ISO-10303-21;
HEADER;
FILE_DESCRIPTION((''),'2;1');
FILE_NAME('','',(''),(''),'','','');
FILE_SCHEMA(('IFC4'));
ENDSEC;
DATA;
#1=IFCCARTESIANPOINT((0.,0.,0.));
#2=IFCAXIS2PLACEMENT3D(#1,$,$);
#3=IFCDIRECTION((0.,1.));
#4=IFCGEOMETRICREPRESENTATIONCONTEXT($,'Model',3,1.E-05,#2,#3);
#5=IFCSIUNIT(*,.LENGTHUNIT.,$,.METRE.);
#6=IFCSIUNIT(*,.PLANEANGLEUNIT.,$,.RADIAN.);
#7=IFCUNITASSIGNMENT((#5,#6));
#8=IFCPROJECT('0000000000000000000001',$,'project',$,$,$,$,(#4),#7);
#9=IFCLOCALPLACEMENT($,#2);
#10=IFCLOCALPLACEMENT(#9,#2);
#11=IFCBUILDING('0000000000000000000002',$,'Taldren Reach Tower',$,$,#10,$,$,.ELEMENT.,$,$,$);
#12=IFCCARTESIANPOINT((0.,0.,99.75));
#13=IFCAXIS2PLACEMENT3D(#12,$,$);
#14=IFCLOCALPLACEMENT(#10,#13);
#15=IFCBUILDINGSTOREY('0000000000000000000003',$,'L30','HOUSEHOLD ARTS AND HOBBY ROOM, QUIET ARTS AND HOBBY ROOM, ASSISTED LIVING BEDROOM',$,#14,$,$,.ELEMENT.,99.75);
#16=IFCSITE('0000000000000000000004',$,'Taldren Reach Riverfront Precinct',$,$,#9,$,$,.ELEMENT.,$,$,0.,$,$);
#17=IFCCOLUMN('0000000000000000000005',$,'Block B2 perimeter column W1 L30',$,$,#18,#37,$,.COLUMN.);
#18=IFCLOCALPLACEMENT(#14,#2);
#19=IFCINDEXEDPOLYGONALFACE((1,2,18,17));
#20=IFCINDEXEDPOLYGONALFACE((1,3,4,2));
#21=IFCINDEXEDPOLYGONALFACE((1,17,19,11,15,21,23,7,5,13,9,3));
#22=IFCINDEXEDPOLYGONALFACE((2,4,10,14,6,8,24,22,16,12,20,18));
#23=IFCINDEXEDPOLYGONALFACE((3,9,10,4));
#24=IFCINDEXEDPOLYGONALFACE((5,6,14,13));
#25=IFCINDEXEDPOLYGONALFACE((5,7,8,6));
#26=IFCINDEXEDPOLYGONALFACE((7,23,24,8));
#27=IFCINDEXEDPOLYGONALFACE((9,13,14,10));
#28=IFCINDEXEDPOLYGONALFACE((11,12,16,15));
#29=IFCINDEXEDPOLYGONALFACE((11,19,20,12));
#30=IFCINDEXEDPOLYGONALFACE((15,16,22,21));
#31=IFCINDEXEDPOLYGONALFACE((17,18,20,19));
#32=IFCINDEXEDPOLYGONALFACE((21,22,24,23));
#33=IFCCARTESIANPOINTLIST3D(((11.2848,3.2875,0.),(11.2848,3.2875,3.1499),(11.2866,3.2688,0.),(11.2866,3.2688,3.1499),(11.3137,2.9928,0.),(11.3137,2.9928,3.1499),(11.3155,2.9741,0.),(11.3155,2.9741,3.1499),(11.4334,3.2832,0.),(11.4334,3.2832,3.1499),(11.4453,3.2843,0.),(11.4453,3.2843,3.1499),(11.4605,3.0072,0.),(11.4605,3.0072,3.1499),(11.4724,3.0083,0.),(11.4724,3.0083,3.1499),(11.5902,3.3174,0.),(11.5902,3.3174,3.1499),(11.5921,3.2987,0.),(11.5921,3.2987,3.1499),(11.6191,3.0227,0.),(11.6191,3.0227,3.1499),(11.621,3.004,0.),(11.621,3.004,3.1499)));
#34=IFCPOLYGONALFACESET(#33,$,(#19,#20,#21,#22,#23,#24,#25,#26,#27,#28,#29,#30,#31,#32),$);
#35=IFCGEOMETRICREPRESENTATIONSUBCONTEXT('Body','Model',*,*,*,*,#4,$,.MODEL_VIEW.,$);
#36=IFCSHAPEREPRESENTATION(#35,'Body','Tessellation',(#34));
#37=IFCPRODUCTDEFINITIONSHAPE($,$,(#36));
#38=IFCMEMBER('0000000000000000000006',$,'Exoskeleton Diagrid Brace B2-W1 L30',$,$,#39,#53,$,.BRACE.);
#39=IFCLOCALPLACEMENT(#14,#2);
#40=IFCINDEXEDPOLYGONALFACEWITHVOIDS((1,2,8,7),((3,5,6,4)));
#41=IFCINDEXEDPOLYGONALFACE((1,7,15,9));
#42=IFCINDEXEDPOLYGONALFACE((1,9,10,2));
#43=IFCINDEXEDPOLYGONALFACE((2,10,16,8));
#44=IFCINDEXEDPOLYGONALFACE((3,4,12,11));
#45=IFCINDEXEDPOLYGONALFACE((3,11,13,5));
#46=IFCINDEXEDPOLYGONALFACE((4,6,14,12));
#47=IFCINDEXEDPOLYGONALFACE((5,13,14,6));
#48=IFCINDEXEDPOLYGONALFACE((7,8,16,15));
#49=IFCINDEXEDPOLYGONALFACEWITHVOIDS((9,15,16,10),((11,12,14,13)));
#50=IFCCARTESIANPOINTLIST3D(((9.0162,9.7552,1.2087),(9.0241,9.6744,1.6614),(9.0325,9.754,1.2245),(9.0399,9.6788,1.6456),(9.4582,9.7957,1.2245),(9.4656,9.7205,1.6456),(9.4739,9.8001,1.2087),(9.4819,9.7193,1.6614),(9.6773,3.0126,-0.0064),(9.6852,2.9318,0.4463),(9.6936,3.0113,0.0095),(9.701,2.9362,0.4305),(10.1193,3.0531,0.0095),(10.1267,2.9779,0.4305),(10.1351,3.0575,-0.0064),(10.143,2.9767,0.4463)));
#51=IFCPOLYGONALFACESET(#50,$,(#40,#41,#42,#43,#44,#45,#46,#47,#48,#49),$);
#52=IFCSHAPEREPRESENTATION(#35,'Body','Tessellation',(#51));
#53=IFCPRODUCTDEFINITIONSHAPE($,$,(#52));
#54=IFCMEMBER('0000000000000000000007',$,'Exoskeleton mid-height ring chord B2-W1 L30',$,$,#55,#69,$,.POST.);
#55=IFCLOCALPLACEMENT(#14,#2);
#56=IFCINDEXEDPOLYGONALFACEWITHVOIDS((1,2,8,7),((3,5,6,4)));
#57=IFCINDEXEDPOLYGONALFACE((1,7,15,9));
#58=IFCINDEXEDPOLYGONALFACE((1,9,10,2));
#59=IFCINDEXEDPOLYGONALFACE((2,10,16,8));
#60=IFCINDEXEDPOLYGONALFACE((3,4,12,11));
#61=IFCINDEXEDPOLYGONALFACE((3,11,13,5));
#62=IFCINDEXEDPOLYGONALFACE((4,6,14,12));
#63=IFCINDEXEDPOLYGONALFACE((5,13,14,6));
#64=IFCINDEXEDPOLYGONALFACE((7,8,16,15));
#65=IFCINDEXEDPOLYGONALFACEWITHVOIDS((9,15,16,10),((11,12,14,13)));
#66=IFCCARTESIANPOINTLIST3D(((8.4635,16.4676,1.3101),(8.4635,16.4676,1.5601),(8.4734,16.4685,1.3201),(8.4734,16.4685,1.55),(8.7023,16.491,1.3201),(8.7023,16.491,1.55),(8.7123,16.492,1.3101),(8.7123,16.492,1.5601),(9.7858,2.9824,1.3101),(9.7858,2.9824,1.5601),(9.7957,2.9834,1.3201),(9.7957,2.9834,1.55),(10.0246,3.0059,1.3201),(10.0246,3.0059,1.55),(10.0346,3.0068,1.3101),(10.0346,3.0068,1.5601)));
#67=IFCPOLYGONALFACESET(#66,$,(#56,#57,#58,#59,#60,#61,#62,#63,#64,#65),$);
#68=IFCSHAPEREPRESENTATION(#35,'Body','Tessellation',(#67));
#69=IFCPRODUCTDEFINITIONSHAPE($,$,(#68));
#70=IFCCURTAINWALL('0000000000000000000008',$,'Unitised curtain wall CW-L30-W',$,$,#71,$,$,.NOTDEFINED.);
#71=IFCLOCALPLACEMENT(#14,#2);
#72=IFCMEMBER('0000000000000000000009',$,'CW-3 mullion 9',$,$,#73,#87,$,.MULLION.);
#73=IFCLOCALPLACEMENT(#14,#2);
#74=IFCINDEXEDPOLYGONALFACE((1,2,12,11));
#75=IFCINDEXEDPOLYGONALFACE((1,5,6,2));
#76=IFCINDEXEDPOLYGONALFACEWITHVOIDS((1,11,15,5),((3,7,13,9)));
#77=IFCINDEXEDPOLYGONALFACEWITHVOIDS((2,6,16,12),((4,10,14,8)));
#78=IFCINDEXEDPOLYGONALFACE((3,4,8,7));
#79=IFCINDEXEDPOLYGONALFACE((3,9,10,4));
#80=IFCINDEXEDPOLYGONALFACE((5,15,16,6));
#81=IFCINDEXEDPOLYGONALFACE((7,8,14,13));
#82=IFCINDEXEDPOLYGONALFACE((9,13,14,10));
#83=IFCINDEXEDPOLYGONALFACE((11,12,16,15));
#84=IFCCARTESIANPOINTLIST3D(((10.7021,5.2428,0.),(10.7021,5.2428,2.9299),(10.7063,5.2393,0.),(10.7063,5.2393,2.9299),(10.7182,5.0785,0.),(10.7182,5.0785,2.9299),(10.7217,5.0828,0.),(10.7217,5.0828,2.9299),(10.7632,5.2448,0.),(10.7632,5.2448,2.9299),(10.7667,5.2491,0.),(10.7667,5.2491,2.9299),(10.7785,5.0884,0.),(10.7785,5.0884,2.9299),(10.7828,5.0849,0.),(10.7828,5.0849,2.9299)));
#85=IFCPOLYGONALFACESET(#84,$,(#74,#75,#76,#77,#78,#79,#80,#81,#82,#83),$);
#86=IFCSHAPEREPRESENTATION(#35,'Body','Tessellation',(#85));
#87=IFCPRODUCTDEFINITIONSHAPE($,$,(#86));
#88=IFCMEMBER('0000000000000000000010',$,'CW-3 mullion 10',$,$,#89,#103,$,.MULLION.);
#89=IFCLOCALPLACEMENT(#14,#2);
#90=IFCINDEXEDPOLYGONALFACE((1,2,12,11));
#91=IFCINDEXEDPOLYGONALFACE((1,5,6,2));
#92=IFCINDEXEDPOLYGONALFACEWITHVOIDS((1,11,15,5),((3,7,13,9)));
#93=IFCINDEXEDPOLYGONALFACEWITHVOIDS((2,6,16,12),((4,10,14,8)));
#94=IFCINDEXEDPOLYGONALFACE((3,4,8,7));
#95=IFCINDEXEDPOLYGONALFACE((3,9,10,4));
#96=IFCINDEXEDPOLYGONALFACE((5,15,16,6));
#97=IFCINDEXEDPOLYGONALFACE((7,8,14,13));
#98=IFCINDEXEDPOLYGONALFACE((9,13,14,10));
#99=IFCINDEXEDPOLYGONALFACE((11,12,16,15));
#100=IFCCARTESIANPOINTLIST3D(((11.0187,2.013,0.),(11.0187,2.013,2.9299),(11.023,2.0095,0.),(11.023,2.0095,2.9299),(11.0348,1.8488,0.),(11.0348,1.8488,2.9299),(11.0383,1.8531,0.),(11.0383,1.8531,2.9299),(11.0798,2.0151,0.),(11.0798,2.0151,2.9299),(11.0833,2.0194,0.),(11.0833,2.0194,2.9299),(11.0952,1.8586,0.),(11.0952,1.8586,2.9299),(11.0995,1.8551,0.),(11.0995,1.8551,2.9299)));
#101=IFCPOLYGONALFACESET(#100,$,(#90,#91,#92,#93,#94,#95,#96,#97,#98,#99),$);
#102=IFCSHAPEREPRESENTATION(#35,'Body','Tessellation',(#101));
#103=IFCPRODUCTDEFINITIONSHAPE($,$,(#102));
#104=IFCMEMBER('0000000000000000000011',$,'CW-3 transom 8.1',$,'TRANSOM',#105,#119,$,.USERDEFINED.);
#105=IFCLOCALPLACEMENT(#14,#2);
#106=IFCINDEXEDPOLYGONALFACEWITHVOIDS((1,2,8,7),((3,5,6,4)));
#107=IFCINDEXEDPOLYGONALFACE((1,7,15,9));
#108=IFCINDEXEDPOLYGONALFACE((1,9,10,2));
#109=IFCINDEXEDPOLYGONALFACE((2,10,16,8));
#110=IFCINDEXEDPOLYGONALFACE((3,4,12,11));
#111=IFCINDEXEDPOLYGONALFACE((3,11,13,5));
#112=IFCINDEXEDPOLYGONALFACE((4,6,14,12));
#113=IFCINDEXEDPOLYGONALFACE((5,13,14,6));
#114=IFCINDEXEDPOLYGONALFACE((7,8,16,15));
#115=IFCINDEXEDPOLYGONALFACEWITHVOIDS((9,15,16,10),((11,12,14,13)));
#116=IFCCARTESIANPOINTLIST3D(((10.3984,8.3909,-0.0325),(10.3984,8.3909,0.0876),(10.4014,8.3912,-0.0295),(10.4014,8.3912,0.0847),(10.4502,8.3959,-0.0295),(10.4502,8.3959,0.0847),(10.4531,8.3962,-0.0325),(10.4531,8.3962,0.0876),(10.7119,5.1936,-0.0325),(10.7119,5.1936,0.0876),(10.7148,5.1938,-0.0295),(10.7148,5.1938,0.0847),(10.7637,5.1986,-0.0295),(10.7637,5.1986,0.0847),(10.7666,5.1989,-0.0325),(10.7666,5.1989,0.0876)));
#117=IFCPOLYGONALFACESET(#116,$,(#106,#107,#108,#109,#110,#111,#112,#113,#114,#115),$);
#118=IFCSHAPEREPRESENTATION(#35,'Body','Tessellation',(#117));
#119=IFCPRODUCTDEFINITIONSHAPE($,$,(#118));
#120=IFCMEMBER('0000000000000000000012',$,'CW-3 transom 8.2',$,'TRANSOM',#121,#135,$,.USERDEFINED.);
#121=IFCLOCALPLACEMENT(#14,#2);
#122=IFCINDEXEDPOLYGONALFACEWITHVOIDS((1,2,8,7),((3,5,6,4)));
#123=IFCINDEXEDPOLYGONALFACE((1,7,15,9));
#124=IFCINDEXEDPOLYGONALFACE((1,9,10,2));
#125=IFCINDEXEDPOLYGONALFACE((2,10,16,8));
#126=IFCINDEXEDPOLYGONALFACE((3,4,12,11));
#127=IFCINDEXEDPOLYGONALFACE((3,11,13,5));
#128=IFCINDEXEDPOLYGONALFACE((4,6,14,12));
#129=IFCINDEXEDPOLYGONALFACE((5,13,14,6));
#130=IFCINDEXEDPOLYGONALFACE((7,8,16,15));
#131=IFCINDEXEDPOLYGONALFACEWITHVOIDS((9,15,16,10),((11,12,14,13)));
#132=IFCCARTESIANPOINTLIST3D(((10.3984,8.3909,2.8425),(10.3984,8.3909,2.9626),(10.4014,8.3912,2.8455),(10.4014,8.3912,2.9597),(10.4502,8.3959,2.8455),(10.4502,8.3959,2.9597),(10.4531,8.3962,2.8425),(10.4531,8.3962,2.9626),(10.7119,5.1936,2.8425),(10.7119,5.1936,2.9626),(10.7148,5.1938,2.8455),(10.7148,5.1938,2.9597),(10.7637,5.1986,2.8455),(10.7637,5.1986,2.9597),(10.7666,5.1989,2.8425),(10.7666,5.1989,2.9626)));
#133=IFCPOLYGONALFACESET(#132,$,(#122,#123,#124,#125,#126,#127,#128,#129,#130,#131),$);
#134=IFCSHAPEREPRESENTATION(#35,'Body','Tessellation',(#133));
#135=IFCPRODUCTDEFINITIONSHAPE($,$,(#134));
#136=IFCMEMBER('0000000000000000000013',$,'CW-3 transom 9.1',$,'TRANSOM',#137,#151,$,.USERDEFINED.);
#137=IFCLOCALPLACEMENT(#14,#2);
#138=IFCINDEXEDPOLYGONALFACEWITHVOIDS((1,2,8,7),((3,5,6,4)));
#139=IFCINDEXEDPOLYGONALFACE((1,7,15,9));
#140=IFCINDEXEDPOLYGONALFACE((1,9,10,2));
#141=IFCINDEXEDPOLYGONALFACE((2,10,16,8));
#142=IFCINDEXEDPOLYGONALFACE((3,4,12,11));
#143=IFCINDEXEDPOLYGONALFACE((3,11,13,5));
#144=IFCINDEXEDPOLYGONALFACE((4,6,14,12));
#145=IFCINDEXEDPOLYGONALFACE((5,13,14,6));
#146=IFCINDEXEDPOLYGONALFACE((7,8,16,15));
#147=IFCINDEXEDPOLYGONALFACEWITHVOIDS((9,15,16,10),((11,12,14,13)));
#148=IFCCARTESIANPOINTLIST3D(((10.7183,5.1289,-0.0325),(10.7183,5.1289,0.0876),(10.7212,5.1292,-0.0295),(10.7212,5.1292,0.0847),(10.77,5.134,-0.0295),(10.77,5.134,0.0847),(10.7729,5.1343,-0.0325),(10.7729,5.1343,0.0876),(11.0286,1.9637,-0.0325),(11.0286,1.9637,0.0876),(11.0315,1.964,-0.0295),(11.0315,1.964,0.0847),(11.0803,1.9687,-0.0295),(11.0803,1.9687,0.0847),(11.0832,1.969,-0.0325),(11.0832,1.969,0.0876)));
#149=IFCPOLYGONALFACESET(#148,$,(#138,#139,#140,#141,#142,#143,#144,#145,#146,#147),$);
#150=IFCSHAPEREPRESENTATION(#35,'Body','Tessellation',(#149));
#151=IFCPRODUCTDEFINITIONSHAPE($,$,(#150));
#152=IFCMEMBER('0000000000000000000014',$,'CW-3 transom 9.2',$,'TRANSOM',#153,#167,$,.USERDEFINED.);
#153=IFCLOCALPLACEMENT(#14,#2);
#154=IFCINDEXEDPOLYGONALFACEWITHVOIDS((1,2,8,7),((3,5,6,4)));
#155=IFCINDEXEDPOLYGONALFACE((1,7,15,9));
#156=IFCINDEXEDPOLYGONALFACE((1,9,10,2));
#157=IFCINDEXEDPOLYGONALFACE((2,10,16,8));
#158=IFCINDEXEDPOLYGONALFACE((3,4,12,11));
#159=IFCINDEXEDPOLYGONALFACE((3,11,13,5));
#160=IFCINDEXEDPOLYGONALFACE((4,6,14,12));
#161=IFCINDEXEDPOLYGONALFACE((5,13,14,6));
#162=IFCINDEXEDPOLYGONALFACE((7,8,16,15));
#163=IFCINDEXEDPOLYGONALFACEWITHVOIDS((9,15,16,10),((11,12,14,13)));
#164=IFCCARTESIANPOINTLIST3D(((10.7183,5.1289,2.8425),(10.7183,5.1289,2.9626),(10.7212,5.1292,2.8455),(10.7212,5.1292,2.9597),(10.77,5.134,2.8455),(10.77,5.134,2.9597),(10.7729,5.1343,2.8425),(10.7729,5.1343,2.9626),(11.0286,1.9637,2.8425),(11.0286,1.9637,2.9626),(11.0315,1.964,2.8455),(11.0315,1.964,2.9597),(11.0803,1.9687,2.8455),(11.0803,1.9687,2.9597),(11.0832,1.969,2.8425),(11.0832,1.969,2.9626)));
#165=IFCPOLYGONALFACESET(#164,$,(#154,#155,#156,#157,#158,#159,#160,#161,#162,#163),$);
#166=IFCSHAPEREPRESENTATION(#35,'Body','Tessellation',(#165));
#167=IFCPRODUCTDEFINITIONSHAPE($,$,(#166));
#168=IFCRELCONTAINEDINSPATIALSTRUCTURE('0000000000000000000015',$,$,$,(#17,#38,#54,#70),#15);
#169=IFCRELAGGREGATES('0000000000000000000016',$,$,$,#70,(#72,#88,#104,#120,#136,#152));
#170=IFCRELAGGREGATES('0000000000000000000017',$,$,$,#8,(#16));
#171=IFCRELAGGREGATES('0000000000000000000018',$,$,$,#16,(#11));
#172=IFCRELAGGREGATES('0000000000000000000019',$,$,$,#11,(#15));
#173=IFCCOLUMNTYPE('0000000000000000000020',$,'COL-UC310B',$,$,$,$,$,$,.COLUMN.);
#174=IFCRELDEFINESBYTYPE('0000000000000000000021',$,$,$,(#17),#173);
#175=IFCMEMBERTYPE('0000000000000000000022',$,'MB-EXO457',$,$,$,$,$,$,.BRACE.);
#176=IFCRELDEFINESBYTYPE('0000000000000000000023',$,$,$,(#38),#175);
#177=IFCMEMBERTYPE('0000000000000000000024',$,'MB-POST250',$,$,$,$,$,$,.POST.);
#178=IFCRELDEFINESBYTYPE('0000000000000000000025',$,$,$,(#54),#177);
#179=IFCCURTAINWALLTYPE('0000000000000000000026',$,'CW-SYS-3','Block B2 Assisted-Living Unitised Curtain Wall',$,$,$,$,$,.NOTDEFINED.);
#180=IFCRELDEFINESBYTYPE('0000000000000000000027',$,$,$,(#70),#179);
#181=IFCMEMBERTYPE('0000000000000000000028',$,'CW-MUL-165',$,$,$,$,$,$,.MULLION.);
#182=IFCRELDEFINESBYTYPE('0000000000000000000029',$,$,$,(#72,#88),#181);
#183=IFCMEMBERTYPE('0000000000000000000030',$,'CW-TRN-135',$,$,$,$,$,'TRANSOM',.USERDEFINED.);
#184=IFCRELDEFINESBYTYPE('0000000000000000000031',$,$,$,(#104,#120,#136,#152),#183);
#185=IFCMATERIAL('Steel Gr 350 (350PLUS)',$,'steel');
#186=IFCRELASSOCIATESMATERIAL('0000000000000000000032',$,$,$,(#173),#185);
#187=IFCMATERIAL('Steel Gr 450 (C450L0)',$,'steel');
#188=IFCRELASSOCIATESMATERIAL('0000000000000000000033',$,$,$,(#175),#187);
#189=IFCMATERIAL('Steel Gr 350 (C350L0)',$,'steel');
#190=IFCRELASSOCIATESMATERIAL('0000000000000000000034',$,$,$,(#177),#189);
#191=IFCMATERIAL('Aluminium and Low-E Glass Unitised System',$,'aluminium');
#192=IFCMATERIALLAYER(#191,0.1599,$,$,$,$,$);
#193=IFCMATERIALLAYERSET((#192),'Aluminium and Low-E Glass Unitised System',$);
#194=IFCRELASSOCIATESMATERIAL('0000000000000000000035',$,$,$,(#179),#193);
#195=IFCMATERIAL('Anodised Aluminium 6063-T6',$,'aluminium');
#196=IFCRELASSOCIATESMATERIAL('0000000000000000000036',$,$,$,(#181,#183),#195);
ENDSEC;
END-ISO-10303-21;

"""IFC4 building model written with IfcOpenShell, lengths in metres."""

from ifc_helpers import new_model, si_unit, direction, frame, origin, origin_2d, place, context, subcontext, project, spatial, hollow_rectangle, i_section, extrude, source, transform, mapped, material, layer, layer_set, material_profile, profile_set, type_object, element, aggregate, save


model = new_model("IFC4")

# Units and contexts
model_context = context("Model", 3, precision=1e-05, world=origin(), true_north=direction((0.0, 1.0)))
body_context = subcontext(model_context, "Body", "Model", "MODEL_VIEW")
ifc_project = project(units=[si_unit("LENGTHUNIT", "METRE"), si_unit("PLANEANGLEUNIT", "RADIAN")], contexts=[model_context])

# Site, building, storey
site_placement = place(None, origin())
site = spatial("IfcSite", under=ifc_project, at=site_placement, Name="Taldren Reach Riverfront Precinct", CompositionType="ELEMENT", RefElevation=0.0)
building_placement = place(site_placement, origin())
building = spatial("IfcBuilding", under=site, at=building_placement, Name="Taldren Reach Tower", CompositionType="ELEMENT")
storey_placement = place(building_placement, frame((0.0, 0.0, 99.75)))
storey = spatial("IfcBuildingStorey", under=building, at=storey_placement, Name="L30", Description="HOUSEHOLD ARTS AND HOBBY ROOM, QUIET ARTS AND HOBBY ROOM, ASSISTED LIVING BEDROOM", CompositionType="ELEMENT", Elevation=99.75)

# Column
ifc_material_1 = material(Name="Steel Gr 350 (350PLUS)", Category="steel")
ifc_material_profile_1 = material_profile(ifc_material_1, i_section(OverallWidth=0.3069, OverallDepth=0.3149, WebThickness=0.012, FlangeThickness=0.0188, at=origin_2d()), Name="310UC118")
ifc_profile_set_1 = profile_set([ifc_material_profile_1], Name="Steel Gr 350 (350PLUS)")
column_type = type_object("IfcColumnType", Name="COL-UC310B", PredefinedType="COLUMN", material=ifc_profile_set_1)
shared_shape_1 = source(origin(), body_context, "Body", "SweptSolid", [
    extrude(i_section(OverallWidth=0.3069, OverallDepth=0.3149, WebThickness=0.012, FlangeThickness=0.0188, at=origin_2d()), origin(), (0.0, 0.0, 1.0), 3.1499),
])
column_placement = place(storey_placement, frame((11.4529, 3.1458, 0.0), z_axis=(0.0, 0.0, 1.0), x_axis=(0.995227, 0.097583, 0.0)))
element("IfcColumn", 1, at=column_placement, inside=storey, type_object=column_type, Name="Block B2 perimeter column W1 L30", PredefinedType="COLUMN", context=body_context, shape_type="MappedRepresentation", body=[
    mapped(shared_shape_1, transform((0.0, 0.0, 0.0), scale=1.0)),
])

# Members
ifc_material_2 = material(Name="Steel Gr 450 (C450L0)", Category="steel")
ifc_material_profile_2 = material_profile(ifc_material_2, hollow_rectangle(XDim=0.46, YDim=0.46, WallThickness=0.0161, at=origin_2d()), Name="460x460x16.0SHS")
ifc_profile_set_2 = profile_set([ifc_material_profile_2], Name="Steel Gr 450 (C450L0)")
member_type_1 = type_object("IfcMemberType", Name="MB-EXO457", PredefinedType="BRACE", material=ifc_profile_set_2)
shared_shape_2 = source(origin(), body_context, "Body", "SweptSolid", [
    extrude(hollow_rectangle(XDim=0.46, YDim=0.46, WallThickness=0.0161, at=origin_2d()), origin(), (0.0, 0.0, 1.0), 6.8831),
])
member_1_placement = place(storey_placement, frame((9.9102, 2.9946, 0.22), z_axis=(-0.096051, 0.979597, 0.176532), x_axis=(-0.995227, -0.097584, 0.0)))
element("IfcMember", 2, at=member_1_placement, inside=storey, type_object=member_type_1, Name="Exoskeleton Diagrid Brace B2-W1 L30", PredefinedType="BRACE", context=body_context, shape_type="MappedRepresentation", body=[
    mapped(shared_shape_2, transform((0.0, 0.0, 0.0), scale=1.0)),
])
ifc_material_3 = material(Name="Steel Gr 350 (C350L0)", Category="steel")
ifc_material_profile_3 = material_profile(ifc_material_3, hollow_rectangle(XDim=0.25, YDim=0.25, WallThickness=0.01, at=origin_2d()), Name="250x250x10.0SHS")
ifc_profile_set_3 = profile_set([ifc_material_profile_3], Name="Steel Gr 350 (C350L0)")
member_type_2 = type_object("IfcMemberType", Name="MB-POST250", PredefinedType="POST", material=ifc_profile_set_3)
shared_shape_3 = source(origin(), body_context, "Body", "SweptSolid", [
    extrude(hollow_rectangle(XDim=0.25, YDim=0.25, WallThickness=0.01, at=origin_2d()), origin(), (0.0, 0.0, 1.0), 13.5498),
])
member_2_placement = place(storey_placement, frame((9.9102, 2.9946, 1.4351), z_axis=(-0.097586, 0.995227, 0.0), x_axis=(-0.995227, -0.097586, 0.0)))
element("IfcMember", 3, at=member_2_placement, inside=storey, type_object=member_type_2, Name="Exoskeleton mid-height ring chord B2-W1 L30", PredefinedType="POST", context=body_context, shape_type="MappedRepresentation", body=[
    mapped(shared_shape_3, transform((0.0, 0.0, 0.0), scale=1.0)),
])

# Curtain wall, members
ifc_material_4 = material(Name="Aluminium and Low-E Glass Unitised System", Category="aluminium")
ifc_layer_1 = layer(ifc_material_4, 0.1599)
ifc_layer_set_1 = layer_set([ifc_layer_1], Name="Aluminium and Low-E Glass Unitised System")
curtain_wall_type = type_object("IfcCurtainWallType", Name="CW-SYS-3", Description="Block B2 Assisted-Living Unitised Curtain Wall", PredefinedType="NOTDEFINED", material=ifc_layer_set_1)
curtain_wall_placement = place(storey_placement, origin())
curtain_wall = element("IfcCurtainWall", 4, at=curtain_wall_placement, inside=storey, type_object=curtain_wall_type, Name="Unitised curtain wall CW-L30-W", PredefinedType="NOTDEFINED")
ifc_material_5 = material(Name="Anodised Aluminium 6063-T6", Category="aluminium")
ifc_material_profile_4 = material_profile(ifc_material_5, hollow_rectangle(XDim=0.0649, YDim=0.165, WallThickness=0.0039, at=origin_2d()), Name="ALU-165x65x4RHS")
ifc_profile_set_4 = profile_set([ifc_material_profile_4], Name="Anodised Aluminium 6063-T6")
member_type_3 = type_object("IfcMemberType", Name="CW-MUL-165", PredefinedType="MULLION", material=ifc_profile_set_4)
shared_shape_4 = source(origin(), body_context, "Body", "SweptSolid", [
    extrude(hollow_rectangle(XDim=0.0649, YDim=0.165, WallThickness=0.0039, at=origin_2d()), origin(), (0.0, 0.0, 1.0), 2.9299),
])
member_3_placement = place(storey_placement, frame((10.7424, 5.1638, 0.0), z_axis=(0.0, 0.0, 1.0), x_axis=(0.995227, 0.097583, 0.0)))
member_3 = element("IfcMember", 5, at=member_3_placement, type_object=member_type_3, Name="CW-3 mullion 9", PredefinedType="MULLION", context=body_context, shape_type="MappedRepresentation", body=[
    mapped(shared_shape_4, transform((0.0, 0.0, 0.0), scale=1.0)),
])
member_4_placement = place(storey_placement, frame((11.0591, 1.9341, 0.0), z_axis=(0.0, 0.0, 1.0), x_axis=(0.995227, 0.097583, 0.0)))
member_4 = element("IfcMember", 6, at=member_4_placement, type_object=member_type_3, Name="CW-3 mullion 10", PredefinedType="MULLION", context=body_context, shape_type="MappedRepresentation", body=[
    mapped(shared_shape_4, transform((0.0, 0.0, 0.0), scale=1.0)),
])
ifc_material_profile_5 = material_profile(ifc_material_5, hollow_rectangle(XDim=0.0549, YDim=0.1201, WallThickness=0.0029, at=origin_2d()), Name="ALU-120x55x3RHS")
ifc_profile_set_5 = profile_set([ifc_material_profile_5], Name="Anodised Aluminium 6063-T6")
member_type_4 = type_object("IfcMemberType", Name="CW-TRN-135", ElementType="TRANSOM", PredefinedType="USERDEFINED", material=ifc_profile_set_5)
shared_shape_5 = source(origin(), body_context, "Body", "SweptSolid", [
    extrude(hollow_rectangle(XDim=0.0549, YDim=0.1201, WallThickness=0.0029, at=origin_2d()), origin(), (0.0, 0.0, 1.0), 3.2126),
])
member_5_placement = place(storey_placement, frame((10.4258, 8.3936, 0.0276), z_axis=(0.097577, -0.995228, 0.0), x_axis=(0.995228, 0.097577, 0.0)))
member_5 = element("IfcMember", 7, at=member_5_placement, type_object=member_type_4, Name="CW-3 transom 8.1", ObjectType="TRANSOM", PredefinedType="USERDEFINED", context=body_context, shape_type="MappedRepresentation", body=[
    mapped(shared_shape_5, transform((0.0, 0.0, 0.0), scale=1.0)),
])
member_6_placement = place(storey_placement, frame((10.4258, 8.3936, 2.9026), z_axis=(0.097577, -0.995228, 0.0), x_axis=(0.995228, 0.097577, 0.0)))
member_6 = element("IfcMember", 8, at=member_6_placement, type_object=member_type_4, Name="CW-3 transom 8.2", ObjectType="TRANSOM", PredefinedType="USERDEFINED", context=body_context, shape_type="MappedRepresentation", body=[
    mapped(shared_shape_5, transform((0.0, 0.0, 0.0), scale=1.0)),
])
shared_shape_6 = source(origin(), body_context, "Body", "SweptSolid", [
    extrude(hollow_rectangle(XDim=0.0549, YDim=0.1201, WallThickness=0.0029, at=origin_2d()), origin(), (0.0, 0.0, 1.0), 3.1804),
])
member_7_placement = place(storey_placement, frame((10.7456, 5.1316, 0.0276), z_axis=(0.097565, -0.995229, 0.0), x_axis=(0.995229, 0.097565, 0.0)))
member_7 = element("IfcMember", 9, at=member_7_placement, type_object=member_type_4, Name="CW-3 transom 9.1", ObjectType="TRANSOM", PredefinedType="USERDEFINED", context=body_context, shape_type="MappedRepresentation", body=[
    mapped(shared_shape_6, transform((0.0, 0.0, 0.0), scale=1.0)),
])
member_8_placement = place(storey_placement, frame((10.7456, 5.1316, 2.9026), z_axis=(0.097565, -0.995229, 0.0), x_axis=(0.995229, 0.097565, 0.0)))
member_8 = element("IfcMember", 10, at=member_8_placement, type_object=member_type_4, Name="CW-3 transom 9.2", ObjectType="TRANSOM", PredefinedType="USERDEFINED", context=body_context, shape_type="MappedRepresentation", body=[
    mapped(shared_shape_6, transform((0.0, 0.0, 0.0), scale=1.0)),
])

aggregate(curtain_wall, [member_3, member_4, member_5, member_6, member_7, member_8])

save(model, "model.ifc")
